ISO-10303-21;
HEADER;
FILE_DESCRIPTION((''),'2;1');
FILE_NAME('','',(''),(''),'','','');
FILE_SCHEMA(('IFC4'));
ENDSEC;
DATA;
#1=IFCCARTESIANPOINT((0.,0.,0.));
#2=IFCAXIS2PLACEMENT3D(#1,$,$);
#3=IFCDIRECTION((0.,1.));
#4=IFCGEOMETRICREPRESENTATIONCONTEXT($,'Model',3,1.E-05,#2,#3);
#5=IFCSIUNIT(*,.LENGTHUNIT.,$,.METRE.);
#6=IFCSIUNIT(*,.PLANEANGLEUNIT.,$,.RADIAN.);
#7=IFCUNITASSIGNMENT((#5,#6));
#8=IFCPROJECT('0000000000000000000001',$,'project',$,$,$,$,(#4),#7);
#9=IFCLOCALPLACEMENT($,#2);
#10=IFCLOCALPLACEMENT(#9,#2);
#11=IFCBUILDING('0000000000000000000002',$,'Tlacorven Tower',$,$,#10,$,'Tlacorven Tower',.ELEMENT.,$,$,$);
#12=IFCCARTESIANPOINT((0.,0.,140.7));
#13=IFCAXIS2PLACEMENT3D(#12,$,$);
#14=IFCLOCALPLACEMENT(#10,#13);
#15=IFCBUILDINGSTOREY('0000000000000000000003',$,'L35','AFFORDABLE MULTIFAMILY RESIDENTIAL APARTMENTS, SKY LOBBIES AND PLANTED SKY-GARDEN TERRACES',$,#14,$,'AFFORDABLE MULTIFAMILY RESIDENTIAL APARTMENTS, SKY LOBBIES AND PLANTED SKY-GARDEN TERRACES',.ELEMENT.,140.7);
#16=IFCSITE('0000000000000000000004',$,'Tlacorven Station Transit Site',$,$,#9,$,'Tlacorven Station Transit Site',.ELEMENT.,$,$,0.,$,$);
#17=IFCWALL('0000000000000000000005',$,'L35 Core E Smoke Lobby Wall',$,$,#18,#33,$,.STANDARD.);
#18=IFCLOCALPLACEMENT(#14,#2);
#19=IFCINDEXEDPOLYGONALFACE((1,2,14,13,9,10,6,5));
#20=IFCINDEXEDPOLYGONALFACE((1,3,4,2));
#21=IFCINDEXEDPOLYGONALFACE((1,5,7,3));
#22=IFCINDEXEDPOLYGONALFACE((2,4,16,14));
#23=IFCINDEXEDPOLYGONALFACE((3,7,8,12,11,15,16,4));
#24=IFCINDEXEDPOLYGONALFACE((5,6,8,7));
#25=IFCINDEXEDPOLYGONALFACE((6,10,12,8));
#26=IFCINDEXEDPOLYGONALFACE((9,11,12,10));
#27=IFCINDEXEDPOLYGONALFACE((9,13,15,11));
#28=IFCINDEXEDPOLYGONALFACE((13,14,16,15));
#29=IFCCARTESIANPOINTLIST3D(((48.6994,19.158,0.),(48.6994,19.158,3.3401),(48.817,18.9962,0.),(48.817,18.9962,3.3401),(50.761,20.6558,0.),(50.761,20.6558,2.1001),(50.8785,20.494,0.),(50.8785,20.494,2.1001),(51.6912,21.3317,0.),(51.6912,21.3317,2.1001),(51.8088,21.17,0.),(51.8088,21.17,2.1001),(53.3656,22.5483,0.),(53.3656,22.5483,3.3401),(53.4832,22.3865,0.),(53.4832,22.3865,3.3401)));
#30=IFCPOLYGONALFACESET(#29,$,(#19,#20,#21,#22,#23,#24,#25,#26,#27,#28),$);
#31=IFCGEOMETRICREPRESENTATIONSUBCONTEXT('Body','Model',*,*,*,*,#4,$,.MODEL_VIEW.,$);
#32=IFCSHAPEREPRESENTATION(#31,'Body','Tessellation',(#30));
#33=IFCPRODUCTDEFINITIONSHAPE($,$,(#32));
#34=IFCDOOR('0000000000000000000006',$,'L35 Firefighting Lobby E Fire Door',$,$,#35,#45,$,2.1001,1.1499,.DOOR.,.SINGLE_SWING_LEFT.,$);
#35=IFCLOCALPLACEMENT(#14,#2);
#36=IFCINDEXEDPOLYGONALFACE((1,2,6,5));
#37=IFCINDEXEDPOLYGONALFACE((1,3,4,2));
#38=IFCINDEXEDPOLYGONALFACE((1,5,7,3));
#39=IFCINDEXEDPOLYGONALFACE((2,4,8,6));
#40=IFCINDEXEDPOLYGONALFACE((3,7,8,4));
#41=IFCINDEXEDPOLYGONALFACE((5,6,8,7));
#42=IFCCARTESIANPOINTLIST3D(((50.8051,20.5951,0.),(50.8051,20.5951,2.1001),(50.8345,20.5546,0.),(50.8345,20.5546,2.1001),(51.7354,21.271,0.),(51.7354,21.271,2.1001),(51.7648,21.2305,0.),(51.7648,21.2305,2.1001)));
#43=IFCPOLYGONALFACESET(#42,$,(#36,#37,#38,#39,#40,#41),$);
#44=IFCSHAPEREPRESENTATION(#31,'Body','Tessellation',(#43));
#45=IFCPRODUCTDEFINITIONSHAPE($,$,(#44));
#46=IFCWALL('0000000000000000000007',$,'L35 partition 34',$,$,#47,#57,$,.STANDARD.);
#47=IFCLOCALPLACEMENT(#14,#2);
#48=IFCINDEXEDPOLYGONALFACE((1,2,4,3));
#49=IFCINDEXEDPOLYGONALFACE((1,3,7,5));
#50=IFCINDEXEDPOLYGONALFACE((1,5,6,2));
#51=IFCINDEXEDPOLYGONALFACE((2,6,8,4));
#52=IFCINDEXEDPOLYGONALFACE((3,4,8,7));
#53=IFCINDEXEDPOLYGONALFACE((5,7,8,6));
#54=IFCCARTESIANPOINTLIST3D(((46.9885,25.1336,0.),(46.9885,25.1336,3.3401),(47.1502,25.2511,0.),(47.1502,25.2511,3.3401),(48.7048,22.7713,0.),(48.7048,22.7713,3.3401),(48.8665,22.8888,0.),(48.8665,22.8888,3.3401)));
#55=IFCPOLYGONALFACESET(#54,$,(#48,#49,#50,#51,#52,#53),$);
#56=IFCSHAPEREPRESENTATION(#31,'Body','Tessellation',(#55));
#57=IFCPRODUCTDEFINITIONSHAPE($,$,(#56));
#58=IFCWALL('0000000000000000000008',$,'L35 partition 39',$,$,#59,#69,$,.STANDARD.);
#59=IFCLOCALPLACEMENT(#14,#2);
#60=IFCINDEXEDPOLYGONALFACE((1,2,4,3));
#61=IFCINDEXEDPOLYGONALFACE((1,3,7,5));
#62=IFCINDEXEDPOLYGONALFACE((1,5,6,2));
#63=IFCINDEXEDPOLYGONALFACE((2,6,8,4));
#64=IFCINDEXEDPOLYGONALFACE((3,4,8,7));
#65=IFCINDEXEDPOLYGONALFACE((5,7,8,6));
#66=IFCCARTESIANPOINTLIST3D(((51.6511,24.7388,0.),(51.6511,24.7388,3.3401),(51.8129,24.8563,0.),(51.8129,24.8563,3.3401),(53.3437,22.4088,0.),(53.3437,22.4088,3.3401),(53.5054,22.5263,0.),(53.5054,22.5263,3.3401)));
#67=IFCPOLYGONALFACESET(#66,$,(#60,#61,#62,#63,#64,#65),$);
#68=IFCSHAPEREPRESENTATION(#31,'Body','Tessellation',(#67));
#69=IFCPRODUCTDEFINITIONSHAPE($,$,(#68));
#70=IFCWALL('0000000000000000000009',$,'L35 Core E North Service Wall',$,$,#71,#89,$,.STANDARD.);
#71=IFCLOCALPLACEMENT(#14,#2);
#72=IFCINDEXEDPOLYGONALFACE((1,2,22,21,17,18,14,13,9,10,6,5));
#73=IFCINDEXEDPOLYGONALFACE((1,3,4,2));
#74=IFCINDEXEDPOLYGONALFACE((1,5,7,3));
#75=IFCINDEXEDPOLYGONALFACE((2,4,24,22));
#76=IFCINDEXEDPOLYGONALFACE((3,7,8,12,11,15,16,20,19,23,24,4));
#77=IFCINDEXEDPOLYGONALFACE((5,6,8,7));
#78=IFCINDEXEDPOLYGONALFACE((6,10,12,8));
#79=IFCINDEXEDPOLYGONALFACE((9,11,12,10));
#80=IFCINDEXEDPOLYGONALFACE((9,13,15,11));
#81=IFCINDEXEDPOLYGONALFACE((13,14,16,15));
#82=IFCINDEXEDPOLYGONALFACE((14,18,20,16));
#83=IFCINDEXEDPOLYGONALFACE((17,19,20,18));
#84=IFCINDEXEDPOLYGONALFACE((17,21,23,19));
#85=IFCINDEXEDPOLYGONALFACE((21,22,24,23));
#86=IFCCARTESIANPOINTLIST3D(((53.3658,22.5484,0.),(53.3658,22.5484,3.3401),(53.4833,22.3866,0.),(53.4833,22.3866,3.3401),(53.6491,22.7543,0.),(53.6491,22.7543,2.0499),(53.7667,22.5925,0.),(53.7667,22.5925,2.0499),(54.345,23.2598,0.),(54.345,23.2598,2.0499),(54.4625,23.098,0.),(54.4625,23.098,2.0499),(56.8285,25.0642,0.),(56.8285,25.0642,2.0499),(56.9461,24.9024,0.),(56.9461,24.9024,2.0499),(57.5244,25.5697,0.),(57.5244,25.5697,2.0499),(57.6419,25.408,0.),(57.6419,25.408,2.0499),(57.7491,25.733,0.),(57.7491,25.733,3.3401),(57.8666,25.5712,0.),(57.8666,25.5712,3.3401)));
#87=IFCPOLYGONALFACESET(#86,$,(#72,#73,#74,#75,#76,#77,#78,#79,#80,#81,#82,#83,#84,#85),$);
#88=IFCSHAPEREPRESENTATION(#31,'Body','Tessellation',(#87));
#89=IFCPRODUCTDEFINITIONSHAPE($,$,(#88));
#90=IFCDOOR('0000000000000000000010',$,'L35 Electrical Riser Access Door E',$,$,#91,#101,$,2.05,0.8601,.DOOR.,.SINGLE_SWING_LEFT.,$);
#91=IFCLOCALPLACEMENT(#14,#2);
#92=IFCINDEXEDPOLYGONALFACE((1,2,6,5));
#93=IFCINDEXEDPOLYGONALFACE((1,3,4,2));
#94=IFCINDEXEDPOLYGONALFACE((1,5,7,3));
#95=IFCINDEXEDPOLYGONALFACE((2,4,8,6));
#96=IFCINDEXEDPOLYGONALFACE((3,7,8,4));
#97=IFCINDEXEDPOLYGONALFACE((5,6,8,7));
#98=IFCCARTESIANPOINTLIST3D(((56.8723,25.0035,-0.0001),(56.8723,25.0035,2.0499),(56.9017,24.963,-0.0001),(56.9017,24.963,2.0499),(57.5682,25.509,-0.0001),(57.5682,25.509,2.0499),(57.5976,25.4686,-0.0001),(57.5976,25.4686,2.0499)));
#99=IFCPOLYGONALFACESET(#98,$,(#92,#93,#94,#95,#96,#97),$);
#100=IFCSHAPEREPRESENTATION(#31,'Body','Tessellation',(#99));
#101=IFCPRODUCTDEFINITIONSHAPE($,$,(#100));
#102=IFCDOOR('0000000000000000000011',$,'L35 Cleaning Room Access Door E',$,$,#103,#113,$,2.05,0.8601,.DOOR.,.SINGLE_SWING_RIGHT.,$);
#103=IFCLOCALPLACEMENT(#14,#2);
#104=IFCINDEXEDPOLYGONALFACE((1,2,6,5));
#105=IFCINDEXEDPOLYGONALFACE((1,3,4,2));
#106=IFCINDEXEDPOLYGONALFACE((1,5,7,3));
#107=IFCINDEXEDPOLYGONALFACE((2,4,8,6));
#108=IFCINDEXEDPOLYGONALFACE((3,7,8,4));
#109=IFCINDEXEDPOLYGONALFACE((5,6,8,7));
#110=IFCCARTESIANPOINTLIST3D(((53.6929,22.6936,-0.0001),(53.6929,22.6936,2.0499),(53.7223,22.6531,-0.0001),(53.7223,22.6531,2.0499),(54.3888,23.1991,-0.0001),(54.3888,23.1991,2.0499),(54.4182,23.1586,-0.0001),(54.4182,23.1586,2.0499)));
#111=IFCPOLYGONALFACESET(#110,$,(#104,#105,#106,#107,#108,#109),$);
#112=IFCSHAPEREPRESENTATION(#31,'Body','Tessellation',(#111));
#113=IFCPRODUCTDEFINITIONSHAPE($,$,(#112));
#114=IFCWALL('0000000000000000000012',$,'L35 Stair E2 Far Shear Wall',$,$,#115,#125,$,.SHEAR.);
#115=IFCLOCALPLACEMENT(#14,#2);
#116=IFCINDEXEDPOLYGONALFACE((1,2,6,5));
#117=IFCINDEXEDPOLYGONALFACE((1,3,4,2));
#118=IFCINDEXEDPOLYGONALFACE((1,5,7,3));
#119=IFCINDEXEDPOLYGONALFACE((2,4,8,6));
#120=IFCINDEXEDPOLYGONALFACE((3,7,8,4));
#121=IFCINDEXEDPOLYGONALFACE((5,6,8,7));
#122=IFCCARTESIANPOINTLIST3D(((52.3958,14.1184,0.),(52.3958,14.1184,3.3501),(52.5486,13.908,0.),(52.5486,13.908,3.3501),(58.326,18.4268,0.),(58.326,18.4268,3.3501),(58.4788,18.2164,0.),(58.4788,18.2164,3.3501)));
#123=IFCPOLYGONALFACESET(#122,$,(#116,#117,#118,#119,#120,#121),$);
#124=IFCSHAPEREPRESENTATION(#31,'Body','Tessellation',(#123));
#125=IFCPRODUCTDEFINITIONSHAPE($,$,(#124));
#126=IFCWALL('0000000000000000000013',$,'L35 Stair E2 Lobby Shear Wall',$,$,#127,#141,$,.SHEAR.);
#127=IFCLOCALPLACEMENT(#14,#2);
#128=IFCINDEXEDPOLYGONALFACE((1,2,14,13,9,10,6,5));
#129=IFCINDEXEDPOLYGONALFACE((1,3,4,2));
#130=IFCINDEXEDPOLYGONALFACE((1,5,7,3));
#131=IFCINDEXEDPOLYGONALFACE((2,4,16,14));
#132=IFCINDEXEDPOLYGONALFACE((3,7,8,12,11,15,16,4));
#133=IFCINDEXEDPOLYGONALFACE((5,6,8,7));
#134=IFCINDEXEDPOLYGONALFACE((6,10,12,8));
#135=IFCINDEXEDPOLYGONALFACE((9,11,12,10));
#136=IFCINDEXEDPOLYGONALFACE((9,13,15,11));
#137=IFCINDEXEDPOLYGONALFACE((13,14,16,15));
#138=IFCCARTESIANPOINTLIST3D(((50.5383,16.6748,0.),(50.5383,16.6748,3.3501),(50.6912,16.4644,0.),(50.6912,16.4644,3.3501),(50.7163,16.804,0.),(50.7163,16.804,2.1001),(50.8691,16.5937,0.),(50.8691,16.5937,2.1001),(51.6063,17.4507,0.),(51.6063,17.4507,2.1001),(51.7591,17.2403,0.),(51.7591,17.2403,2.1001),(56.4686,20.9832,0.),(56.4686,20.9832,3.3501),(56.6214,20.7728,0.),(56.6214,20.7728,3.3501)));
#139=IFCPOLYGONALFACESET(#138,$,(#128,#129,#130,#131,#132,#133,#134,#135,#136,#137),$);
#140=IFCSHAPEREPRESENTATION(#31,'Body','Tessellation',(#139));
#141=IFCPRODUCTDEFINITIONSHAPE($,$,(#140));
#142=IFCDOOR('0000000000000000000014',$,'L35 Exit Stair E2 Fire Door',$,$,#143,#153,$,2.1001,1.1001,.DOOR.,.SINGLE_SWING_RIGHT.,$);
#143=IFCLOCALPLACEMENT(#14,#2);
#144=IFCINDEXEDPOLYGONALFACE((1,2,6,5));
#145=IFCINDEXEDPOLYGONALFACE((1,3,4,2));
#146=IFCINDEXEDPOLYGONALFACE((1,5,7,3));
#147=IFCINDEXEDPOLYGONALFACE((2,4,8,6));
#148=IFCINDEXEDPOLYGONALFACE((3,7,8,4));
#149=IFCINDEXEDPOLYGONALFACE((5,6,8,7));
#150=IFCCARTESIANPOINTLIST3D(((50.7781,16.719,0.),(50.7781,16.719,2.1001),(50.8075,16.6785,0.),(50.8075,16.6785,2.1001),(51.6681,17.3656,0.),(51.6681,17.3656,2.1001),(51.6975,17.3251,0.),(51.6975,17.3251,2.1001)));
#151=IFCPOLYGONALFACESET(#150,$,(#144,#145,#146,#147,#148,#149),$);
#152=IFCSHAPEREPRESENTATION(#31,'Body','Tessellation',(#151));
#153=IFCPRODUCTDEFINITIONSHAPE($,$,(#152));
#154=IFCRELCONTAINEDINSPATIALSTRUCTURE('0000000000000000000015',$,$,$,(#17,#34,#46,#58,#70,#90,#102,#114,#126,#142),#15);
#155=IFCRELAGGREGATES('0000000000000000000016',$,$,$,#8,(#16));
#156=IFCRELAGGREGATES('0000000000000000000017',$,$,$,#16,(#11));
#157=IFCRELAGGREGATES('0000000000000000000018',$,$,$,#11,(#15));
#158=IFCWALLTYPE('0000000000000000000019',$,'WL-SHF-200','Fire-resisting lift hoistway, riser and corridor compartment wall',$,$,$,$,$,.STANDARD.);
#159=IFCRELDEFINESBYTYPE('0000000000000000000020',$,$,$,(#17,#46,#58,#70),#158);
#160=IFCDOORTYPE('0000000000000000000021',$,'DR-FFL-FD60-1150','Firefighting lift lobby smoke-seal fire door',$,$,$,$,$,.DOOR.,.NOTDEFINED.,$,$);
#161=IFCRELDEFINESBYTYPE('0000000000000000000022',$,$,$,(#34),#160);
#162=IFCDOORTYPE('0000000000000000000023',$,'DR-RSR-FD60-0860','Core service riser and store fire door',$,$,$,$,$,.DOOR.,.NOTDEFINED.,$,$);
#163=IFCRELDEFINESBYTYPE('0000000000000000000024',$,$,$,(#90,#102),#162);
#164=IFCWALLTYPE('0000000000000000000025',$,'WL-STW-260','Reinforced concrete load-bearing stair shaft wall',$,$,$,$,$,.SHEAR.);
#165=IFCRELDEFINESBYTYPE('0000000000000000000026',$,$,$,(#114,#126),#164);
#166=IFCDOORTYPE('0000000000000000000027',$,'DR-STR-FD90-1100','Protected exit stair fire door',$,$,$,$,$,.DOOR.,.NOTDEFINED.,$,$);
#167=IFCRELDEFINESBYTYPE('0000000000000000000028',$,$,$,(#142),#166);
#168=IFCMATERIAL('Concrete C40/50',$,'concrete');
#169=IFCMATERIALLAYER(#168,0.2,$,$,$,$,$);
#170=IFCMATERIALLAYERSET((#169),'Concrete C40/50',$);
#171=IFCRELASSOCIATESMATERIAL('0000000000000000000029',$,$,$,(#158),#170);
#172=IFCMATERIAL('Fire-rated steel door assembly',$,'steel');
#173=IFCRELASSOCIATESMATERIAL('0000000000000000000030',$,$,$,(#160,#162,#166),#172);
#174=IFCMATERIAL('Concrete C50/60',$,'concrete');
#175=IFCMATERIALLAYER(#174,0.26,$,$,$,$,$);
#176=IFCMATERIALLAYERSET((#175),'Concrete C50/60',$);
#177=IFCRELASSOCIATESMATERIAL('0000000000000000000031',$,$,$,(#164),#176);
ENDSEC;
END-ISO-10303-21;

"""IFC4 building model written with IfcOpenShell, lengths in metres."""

from ifc_helpers import new_model, si_unit, direction, frame, frame_2d, origin, place, context, subcontext, project, spatial, rectangle, extrude, source, transform, mapped, material, layer, layer_set, type_object, element, fill, save


model = new_model("IFC4")

# Units and contexts
model_context = context("Model", 3, precision=1e-05, world=origin(), true_north=direction((0.0, 1.0)))
body_context = subcontext(model_context, "Body", "Model", "MODEL_VIEW")
ifc_project = project(units=[si_unit("LENGTHUNIT", "METRE"), si_unit("PLANEANGLEUNIT", "RADIAN")], contexts=[model_context])

# Site, building, storey
site_placement = place(None, origin())
site = spatial("IfcSite", under=ifc_project, at=site_placement, Name="Tlacorven Station Transit Site", LongName="Tlacorven Station Transit Site", CompositionType="ELEMENT", RefElevation=0.0)
building_placement = place(site_placement, origin())
building = spatial("IfcBuilding", under=site, at=building_placement, Name="Tlacorven Tower", LongName="Tlacorven Tower", CompositionType="ELEMENT")
storey_placement = place(building_placement, frame((0.0, 0.0, 140.7)))
storey = spatial("IfcBuildingStorey", under=building, at=storey_placement, Name="L35", Description="AFFORDABLE MULTIFAMILY RESIDENTIAL APARTMENTS, SKY LOBBIES AND PLANTED SKY-GARDEN TERRACES", LongName="AFFORDABLE MULTIFAMILY RESIDENTIAL APARTMENTS, SKY LOBBIES AND PLANTED SKY-GARDEN TERRACES", CompositionType="ELEMENT", Elevation=140.7)

# Wall, opening, door
ifc_material_1 = material(Name="Fire-rated steel door assembly", Category="steel")
ifc_material_2 = material(Name="Concrete C40/50", Category="concrete")
ifc_layer_1 = layer(ifc_material_2, 0.2)
ifc_layer_set_1 = layer_set([ifc_layer_1], Name="Concrete C40/50")
wall_type_1 = type_object("IfcWallType", Name="WL-SHF-200", Description="Fire-resisting lift hoistway, riser and corridor compartment wall", PredefinedType="STANDARD", material=ifc_layer_set_1)
wall_1_placement = place(storey_placement, frame((48.7583, 19.0771, 0.0), z_axis=(0.0, 0.0, 1.0), x_axis=(0.809005, 0.587802, 0.0)))
wall_1 = element("IfcWall", 1, at=wall_1_placement, inside=storey, type_object=wall_type_1, Name="L35 Core E Smoke Lobby Wall", PredefinedType="STANDARD", context=body_context, shape_type="SweptSolid", body=[
    extrude(rectangle(XDim=5.7678, YDim=0.2, at=frame_2d((2.8838, 0.0))), origin(), (0.0, 0.0, 1.0), 3.3401),
])
opening_1_placement = place(wall_1_placement, frame((2.5481, 0.0, 0.0)))
opening_1 = element("IfcOpeningElement", 2, at=opening_1_placement, cuts=wall_1, PredefinedType="OPENING", context=body_context, shape_type="SweptSolid", body=[
    extrude(rectangle(XDim=1.1499, YDim=2.1001, at=frame_2d((0.575, 1.05))), frame((0.0, 0.1099, 0.0), z_axis=(0.0, -1.0, 0.0), x_axis=(1.0, 0.0, 0.0)), (0.0, 0.0, 1.0), 0.22),
])
door_type_1 = type_object("IfcDoorType", Name="DR-FFL-FD60-1150", Description="Firefighting lift lobby smoke-seal fire door", OperationType="NOTDEFINED", PredefinedType="DOOR", material=ifc_material_1)
shared_shape_1 = source(origin(), body_context, "Body", "SweptSolid", [
    extrude(rectangle(XDim=1.1499, YDim=2.1001, at=frame_2d((0.575, 1.05))), frame((0.0, 0.0249, 0.0), z_axis=(0.0, -1.0, 0.0), x_axis=(1.0, 0.0, 0.0)), (0.0, 0.0, 1.0), 0.05),
])
door_1_placement = place(opening_1_placement, origin())
door_1 = element("IfcDoor", 3, at=door_1_placement, inside=storey, type_object=door_type_1, Name="L35 Firefighting Lobby E Fire Door", OperationType="SINGLE_SWING_LEFT", OverallHeight=2.1001, OverallWidth=1.1499, PredefinedType="DOOR", context=body_context, shape_type="MappedRepresentation", body=[
    mapped(shared_shape_1, transform((0.0, 0.0, 0.0), scale=1.0)),
])
fill(opening_1, door_1)

# Walls
wall_2_placement = place(storey_placement, frame((48.7856, 22.8301, 0.0), z_axis=(0.0, 0.0, 1.0), x_axis=(-0.587784, 0.809018, 0.0)))
element("IfcWall", 4, at=wall_2_placement, inside=storey, type_object=wall_type_1, Name="L35 partition 34", PredefinedType="STANDARD", context=body_context, shape_type="SweptSolid", body=[
    extrude(rectangle(XDim=2.9199, YDim=0.2, at=frame_2d((1.46, 0.0))), origin(), (0.0, 0.0, 1.0), 3.3401),
])
wall_3_placement = place(storey_placement, frame((53.4246, 22.4675, 0.0), z_axis=(0.0, 0.0, 1.0), x_axis=(-0.587723, 0.809062, 0.0)))
element("IfcWall", 5, at=wall_3_placement, inside=storey, type_object=wall_type_1, Name="L35 partition 39", PredefinedType="STANDARD", context=body_context, shape_type="SweptSolid", body=[
    extrude(rectangle(XDim=2.8799, YDim=0.2, at=frame_2d((1.4399, 0.0))), origin(), (0.0, 0.0, 1.0), 3.3401),
])

# Wall, openings, doors
wall_4_placement = place(storey_placement, frame((53.4246, 22.4675, 0.0), z_axis=(0.0, 0.0, 1.0), x_axis=(0.809024, 0.587775, 0.0)))
wall_4 = element("IfcWall", 6, at=wall_4_placement, inside=storey, type_object=wall_type_1, Name="L35 Core E North Service Wall", PredefinedType="STANDARD", context=body_context, shape_type="SweptSolid", body=[
    extrude(rectangle(XDim=5.418, YDim=0.2, at=frame_2d((2.709, 0.0))), origin(), (0.0, 0.0, 1.0), 3.3401),
])
opening_2_placement = place(wall_4_placement, frame((4.28, 0.0, 0.0)))
opening_2 = element("IfcOpeningElement", 7, at=opening_2_placement, cuts=wall_4, PredefinedType="OPENING", context=body_context, shape_type="SweptSolid", body=[
    extrude(rectangle(XDim=0.8601, YDim=2.05, at=frame_2d((0.4302, 1.0249))), frame((0.0, 0.1099, 0.0), z_axis=(0.0, -1.0, 0.0), x_axis=(1.0, 0.0, 0.0)), (0.0, 0.0, 1.0), 0.22),
])
opening_3_placement = place(wall_4_placement, frame((0.3501, 0.0, 0.0)))
opening_3 = element("IfcOpeningElement", 8, at=opening_3_placement, cuts=wall_4, PredefinedType="OPENING", context=body_context, shape_type="SweptSolid", body=[
    extrude(rectangle(XDim=0.8601, YDim=2.05, at=frame_2d((0.4302, 1.0249))), frame((0.0, 0.1099, 0.0), z_axis=(0.0, -1.0, 0.0), x_axis=(1.0, 0.0, 0.0)), (0.0, 0.0, 1.0), 0.22),
])
door_type_2 = type_object("IfcDoorType", Name="DR-RSR-FD60-0860", Description="Core service riser and store fire door", OperationType="NOTDEFINED", PredefinedType="DOOR", material=ifc_material_1)
shared_shape_2 = source(origin(), body_context, "Body", "SweptSolid", [
    extrude(rectangle(XDim=0.8601, YDim=2.05, at=frame_2d((0.4302, 1.0249))), frame((0.0, 0.0249, 0.0), z_axis=(0.0, -1.0, 0.0), x_axis=(1.0, 0.0, 0.0)), (0.0, 0.0, 1.0), 0.05),
])
door_2_placement = place(opening_2_placement, frame((0.8601, 0.0, 0.0), z_axis=(0.0, 0.0, 1.0), x_axis=(-1.0, 0.0, 0.0)))
door_2 = element("IfcDoor", 9, at=door_2_placement, inside=storey, type_object=door_type_2, Name="L35 Electrical Riser Access Door E", OperationType="SINGLE_SWING_LEFT", OverallHeight=2.05, OverallWidth=0.8601, PredefinedType="DOOR", context=body_context, shape_type="MappedRepresentation", body=[
    mapped(shared_shape_2, transform((0.0, 0.0, 0.0), scale=1.0)),
])
fill(opening_2, door_2)
door_3_placement = place(opening_3_placement, frame((0.8601, 0.0, 0.0), z_axis=(0.0, 0.0, 1.0), x_axis=(-1.0, 0.0, 0.0)))
door_3 = element("IfcDoor", 10, at=door_3_placement, inside=storey, type_object=door_type_2, Name="L35 Cleaning Room Access Door E", OperationType="SINGLE_SWING_RIGHT", OverallHeight=2.05, OverallWidth=0.8601, PredefinedType="DOOR", context=body_context, shape_type="MappedRepresentation", body=[
    mapped(shared_shape_2, transform((0.0, 0.0, 0.0), scale=1.0)),
])
fill(opening_3, door_3)

# Wall
ifc_material_3 = material(Name="Concrete C50/60", Category="concrete")
ifc_layer_2 = layer(ifc_material_3, 0.26)
ifc_layer_set_2 = layer_set([ifc_layer_2], Name="Concrete C50/60")
wall_type_2 = type_object("IfcWallType", Name="WL-STW-260", Description="Reinforced concrete load-bearing stair shaft wall", PredefinedType="SHEAR", material=ifc_layer_set_2)
wall_5_placement = place(storey_placement, frame((52.4722, 14.0132, 0.0), z_axis=(0.0, 0.0, 1.0), x_axis=(0.809028, 0.58777, 0.0)))
element("IfcWall", 11, at=wall_5_placement, inside=storey, type_object=wall_type_2, Name="L35 Stair E2 Far Shear Wall", PredefinedType="SHEAR", context=body_context, shape_type="SweptSolid", body=[
    extrude(rectangle(XDim=7.3301, YDim=0.26, at=frame_2d((3.665, 0.0))), origin(), (0.0, 0.0, 1.0), 3.3501),
])

# Wall, opening, door
wall_6_placement = place(storey_placement, frame((50.6147, 16.5696, 0.0), z_axis=(0.0, 0.0, 1.0), x_axis=(0.809028, 0.58777, 0.0)))
wall_6 = element("IfcWall", 12, at=wall_6_placement, inside=storey, type_object=wall_type_2, Name="L35 Stair E2 Lobby Shear Wall", PredefinedType="SHEAR", context=body_context, shape_type="SweptSolid", body=[
    extrude(rectangle(XDim=7.3301, YDim=0.26, at=frame_2d((3.665, 0.0))), origin(), (0.0, 0.0, 1.0), 3.3501),
])
opening_4_placement = place(wall_6_placement, frame((0.22, 0.0, 0.0)))
opening_4 = element("IfcOpeningElement", 13, at=opening_4_placement, cuts=wall_6, PredefinedType="OPENING", context=body_context, shape_type="SweptSolid", body=[
    extrude(rectangle(XDim=1.1001, YDim=2.1001, at=frame_2d((0.55, 1.05))), frame((0.0, 0.1401, 0.0), z_axis=(0.0, -1.0, 0.0), x_axis=(1.0, 0.0, 0.0)), (0.0, 0.0, 1.0), 0.28),
])
door_type_3 = type_object("IfcDoorType", Name="DR-STR-FD90-1100", Description="Protected exit stair fire door", OperationType="NOTDEFINED", PredefinedType="DOOR", material=ifc_material_1)
shared_shape_3 = source(origin(), body_context, "Body", "SweptSolid", [
    extrude(rectangle(XDim=1.1001, YDim=2.1001, at=frame_2d((0.55, 1.05))), frame((0.0, 0.0249, 0.0), z_axis=(0.0, -1.0, 0.0), x_axis=(1.0, 0.0, 0.0)), (0.0, 0.0, 1.0), 0.05),
])
door_4_placement = place(opening_4_placement, origin())
door_4 = element("IfcDoor", 14, at=door_4_placement, inside=storey, type_object=door_type_3, Name="L35 Exit Stair E2 Fire Door", OperationType="SINGLE_SWING_RIGHT", OverallHeight=2.1001, OverallWidth=1.1001, PredefinedType="DOOR", context=body_context, shape_type="MappedRepresentation", body=[
    mapped(shared_shape_3, transform((0.0, 0.0, 0.0), scale=1.0)),
])
fill(opening_4, door_4)

save(model, "model.ifc")
